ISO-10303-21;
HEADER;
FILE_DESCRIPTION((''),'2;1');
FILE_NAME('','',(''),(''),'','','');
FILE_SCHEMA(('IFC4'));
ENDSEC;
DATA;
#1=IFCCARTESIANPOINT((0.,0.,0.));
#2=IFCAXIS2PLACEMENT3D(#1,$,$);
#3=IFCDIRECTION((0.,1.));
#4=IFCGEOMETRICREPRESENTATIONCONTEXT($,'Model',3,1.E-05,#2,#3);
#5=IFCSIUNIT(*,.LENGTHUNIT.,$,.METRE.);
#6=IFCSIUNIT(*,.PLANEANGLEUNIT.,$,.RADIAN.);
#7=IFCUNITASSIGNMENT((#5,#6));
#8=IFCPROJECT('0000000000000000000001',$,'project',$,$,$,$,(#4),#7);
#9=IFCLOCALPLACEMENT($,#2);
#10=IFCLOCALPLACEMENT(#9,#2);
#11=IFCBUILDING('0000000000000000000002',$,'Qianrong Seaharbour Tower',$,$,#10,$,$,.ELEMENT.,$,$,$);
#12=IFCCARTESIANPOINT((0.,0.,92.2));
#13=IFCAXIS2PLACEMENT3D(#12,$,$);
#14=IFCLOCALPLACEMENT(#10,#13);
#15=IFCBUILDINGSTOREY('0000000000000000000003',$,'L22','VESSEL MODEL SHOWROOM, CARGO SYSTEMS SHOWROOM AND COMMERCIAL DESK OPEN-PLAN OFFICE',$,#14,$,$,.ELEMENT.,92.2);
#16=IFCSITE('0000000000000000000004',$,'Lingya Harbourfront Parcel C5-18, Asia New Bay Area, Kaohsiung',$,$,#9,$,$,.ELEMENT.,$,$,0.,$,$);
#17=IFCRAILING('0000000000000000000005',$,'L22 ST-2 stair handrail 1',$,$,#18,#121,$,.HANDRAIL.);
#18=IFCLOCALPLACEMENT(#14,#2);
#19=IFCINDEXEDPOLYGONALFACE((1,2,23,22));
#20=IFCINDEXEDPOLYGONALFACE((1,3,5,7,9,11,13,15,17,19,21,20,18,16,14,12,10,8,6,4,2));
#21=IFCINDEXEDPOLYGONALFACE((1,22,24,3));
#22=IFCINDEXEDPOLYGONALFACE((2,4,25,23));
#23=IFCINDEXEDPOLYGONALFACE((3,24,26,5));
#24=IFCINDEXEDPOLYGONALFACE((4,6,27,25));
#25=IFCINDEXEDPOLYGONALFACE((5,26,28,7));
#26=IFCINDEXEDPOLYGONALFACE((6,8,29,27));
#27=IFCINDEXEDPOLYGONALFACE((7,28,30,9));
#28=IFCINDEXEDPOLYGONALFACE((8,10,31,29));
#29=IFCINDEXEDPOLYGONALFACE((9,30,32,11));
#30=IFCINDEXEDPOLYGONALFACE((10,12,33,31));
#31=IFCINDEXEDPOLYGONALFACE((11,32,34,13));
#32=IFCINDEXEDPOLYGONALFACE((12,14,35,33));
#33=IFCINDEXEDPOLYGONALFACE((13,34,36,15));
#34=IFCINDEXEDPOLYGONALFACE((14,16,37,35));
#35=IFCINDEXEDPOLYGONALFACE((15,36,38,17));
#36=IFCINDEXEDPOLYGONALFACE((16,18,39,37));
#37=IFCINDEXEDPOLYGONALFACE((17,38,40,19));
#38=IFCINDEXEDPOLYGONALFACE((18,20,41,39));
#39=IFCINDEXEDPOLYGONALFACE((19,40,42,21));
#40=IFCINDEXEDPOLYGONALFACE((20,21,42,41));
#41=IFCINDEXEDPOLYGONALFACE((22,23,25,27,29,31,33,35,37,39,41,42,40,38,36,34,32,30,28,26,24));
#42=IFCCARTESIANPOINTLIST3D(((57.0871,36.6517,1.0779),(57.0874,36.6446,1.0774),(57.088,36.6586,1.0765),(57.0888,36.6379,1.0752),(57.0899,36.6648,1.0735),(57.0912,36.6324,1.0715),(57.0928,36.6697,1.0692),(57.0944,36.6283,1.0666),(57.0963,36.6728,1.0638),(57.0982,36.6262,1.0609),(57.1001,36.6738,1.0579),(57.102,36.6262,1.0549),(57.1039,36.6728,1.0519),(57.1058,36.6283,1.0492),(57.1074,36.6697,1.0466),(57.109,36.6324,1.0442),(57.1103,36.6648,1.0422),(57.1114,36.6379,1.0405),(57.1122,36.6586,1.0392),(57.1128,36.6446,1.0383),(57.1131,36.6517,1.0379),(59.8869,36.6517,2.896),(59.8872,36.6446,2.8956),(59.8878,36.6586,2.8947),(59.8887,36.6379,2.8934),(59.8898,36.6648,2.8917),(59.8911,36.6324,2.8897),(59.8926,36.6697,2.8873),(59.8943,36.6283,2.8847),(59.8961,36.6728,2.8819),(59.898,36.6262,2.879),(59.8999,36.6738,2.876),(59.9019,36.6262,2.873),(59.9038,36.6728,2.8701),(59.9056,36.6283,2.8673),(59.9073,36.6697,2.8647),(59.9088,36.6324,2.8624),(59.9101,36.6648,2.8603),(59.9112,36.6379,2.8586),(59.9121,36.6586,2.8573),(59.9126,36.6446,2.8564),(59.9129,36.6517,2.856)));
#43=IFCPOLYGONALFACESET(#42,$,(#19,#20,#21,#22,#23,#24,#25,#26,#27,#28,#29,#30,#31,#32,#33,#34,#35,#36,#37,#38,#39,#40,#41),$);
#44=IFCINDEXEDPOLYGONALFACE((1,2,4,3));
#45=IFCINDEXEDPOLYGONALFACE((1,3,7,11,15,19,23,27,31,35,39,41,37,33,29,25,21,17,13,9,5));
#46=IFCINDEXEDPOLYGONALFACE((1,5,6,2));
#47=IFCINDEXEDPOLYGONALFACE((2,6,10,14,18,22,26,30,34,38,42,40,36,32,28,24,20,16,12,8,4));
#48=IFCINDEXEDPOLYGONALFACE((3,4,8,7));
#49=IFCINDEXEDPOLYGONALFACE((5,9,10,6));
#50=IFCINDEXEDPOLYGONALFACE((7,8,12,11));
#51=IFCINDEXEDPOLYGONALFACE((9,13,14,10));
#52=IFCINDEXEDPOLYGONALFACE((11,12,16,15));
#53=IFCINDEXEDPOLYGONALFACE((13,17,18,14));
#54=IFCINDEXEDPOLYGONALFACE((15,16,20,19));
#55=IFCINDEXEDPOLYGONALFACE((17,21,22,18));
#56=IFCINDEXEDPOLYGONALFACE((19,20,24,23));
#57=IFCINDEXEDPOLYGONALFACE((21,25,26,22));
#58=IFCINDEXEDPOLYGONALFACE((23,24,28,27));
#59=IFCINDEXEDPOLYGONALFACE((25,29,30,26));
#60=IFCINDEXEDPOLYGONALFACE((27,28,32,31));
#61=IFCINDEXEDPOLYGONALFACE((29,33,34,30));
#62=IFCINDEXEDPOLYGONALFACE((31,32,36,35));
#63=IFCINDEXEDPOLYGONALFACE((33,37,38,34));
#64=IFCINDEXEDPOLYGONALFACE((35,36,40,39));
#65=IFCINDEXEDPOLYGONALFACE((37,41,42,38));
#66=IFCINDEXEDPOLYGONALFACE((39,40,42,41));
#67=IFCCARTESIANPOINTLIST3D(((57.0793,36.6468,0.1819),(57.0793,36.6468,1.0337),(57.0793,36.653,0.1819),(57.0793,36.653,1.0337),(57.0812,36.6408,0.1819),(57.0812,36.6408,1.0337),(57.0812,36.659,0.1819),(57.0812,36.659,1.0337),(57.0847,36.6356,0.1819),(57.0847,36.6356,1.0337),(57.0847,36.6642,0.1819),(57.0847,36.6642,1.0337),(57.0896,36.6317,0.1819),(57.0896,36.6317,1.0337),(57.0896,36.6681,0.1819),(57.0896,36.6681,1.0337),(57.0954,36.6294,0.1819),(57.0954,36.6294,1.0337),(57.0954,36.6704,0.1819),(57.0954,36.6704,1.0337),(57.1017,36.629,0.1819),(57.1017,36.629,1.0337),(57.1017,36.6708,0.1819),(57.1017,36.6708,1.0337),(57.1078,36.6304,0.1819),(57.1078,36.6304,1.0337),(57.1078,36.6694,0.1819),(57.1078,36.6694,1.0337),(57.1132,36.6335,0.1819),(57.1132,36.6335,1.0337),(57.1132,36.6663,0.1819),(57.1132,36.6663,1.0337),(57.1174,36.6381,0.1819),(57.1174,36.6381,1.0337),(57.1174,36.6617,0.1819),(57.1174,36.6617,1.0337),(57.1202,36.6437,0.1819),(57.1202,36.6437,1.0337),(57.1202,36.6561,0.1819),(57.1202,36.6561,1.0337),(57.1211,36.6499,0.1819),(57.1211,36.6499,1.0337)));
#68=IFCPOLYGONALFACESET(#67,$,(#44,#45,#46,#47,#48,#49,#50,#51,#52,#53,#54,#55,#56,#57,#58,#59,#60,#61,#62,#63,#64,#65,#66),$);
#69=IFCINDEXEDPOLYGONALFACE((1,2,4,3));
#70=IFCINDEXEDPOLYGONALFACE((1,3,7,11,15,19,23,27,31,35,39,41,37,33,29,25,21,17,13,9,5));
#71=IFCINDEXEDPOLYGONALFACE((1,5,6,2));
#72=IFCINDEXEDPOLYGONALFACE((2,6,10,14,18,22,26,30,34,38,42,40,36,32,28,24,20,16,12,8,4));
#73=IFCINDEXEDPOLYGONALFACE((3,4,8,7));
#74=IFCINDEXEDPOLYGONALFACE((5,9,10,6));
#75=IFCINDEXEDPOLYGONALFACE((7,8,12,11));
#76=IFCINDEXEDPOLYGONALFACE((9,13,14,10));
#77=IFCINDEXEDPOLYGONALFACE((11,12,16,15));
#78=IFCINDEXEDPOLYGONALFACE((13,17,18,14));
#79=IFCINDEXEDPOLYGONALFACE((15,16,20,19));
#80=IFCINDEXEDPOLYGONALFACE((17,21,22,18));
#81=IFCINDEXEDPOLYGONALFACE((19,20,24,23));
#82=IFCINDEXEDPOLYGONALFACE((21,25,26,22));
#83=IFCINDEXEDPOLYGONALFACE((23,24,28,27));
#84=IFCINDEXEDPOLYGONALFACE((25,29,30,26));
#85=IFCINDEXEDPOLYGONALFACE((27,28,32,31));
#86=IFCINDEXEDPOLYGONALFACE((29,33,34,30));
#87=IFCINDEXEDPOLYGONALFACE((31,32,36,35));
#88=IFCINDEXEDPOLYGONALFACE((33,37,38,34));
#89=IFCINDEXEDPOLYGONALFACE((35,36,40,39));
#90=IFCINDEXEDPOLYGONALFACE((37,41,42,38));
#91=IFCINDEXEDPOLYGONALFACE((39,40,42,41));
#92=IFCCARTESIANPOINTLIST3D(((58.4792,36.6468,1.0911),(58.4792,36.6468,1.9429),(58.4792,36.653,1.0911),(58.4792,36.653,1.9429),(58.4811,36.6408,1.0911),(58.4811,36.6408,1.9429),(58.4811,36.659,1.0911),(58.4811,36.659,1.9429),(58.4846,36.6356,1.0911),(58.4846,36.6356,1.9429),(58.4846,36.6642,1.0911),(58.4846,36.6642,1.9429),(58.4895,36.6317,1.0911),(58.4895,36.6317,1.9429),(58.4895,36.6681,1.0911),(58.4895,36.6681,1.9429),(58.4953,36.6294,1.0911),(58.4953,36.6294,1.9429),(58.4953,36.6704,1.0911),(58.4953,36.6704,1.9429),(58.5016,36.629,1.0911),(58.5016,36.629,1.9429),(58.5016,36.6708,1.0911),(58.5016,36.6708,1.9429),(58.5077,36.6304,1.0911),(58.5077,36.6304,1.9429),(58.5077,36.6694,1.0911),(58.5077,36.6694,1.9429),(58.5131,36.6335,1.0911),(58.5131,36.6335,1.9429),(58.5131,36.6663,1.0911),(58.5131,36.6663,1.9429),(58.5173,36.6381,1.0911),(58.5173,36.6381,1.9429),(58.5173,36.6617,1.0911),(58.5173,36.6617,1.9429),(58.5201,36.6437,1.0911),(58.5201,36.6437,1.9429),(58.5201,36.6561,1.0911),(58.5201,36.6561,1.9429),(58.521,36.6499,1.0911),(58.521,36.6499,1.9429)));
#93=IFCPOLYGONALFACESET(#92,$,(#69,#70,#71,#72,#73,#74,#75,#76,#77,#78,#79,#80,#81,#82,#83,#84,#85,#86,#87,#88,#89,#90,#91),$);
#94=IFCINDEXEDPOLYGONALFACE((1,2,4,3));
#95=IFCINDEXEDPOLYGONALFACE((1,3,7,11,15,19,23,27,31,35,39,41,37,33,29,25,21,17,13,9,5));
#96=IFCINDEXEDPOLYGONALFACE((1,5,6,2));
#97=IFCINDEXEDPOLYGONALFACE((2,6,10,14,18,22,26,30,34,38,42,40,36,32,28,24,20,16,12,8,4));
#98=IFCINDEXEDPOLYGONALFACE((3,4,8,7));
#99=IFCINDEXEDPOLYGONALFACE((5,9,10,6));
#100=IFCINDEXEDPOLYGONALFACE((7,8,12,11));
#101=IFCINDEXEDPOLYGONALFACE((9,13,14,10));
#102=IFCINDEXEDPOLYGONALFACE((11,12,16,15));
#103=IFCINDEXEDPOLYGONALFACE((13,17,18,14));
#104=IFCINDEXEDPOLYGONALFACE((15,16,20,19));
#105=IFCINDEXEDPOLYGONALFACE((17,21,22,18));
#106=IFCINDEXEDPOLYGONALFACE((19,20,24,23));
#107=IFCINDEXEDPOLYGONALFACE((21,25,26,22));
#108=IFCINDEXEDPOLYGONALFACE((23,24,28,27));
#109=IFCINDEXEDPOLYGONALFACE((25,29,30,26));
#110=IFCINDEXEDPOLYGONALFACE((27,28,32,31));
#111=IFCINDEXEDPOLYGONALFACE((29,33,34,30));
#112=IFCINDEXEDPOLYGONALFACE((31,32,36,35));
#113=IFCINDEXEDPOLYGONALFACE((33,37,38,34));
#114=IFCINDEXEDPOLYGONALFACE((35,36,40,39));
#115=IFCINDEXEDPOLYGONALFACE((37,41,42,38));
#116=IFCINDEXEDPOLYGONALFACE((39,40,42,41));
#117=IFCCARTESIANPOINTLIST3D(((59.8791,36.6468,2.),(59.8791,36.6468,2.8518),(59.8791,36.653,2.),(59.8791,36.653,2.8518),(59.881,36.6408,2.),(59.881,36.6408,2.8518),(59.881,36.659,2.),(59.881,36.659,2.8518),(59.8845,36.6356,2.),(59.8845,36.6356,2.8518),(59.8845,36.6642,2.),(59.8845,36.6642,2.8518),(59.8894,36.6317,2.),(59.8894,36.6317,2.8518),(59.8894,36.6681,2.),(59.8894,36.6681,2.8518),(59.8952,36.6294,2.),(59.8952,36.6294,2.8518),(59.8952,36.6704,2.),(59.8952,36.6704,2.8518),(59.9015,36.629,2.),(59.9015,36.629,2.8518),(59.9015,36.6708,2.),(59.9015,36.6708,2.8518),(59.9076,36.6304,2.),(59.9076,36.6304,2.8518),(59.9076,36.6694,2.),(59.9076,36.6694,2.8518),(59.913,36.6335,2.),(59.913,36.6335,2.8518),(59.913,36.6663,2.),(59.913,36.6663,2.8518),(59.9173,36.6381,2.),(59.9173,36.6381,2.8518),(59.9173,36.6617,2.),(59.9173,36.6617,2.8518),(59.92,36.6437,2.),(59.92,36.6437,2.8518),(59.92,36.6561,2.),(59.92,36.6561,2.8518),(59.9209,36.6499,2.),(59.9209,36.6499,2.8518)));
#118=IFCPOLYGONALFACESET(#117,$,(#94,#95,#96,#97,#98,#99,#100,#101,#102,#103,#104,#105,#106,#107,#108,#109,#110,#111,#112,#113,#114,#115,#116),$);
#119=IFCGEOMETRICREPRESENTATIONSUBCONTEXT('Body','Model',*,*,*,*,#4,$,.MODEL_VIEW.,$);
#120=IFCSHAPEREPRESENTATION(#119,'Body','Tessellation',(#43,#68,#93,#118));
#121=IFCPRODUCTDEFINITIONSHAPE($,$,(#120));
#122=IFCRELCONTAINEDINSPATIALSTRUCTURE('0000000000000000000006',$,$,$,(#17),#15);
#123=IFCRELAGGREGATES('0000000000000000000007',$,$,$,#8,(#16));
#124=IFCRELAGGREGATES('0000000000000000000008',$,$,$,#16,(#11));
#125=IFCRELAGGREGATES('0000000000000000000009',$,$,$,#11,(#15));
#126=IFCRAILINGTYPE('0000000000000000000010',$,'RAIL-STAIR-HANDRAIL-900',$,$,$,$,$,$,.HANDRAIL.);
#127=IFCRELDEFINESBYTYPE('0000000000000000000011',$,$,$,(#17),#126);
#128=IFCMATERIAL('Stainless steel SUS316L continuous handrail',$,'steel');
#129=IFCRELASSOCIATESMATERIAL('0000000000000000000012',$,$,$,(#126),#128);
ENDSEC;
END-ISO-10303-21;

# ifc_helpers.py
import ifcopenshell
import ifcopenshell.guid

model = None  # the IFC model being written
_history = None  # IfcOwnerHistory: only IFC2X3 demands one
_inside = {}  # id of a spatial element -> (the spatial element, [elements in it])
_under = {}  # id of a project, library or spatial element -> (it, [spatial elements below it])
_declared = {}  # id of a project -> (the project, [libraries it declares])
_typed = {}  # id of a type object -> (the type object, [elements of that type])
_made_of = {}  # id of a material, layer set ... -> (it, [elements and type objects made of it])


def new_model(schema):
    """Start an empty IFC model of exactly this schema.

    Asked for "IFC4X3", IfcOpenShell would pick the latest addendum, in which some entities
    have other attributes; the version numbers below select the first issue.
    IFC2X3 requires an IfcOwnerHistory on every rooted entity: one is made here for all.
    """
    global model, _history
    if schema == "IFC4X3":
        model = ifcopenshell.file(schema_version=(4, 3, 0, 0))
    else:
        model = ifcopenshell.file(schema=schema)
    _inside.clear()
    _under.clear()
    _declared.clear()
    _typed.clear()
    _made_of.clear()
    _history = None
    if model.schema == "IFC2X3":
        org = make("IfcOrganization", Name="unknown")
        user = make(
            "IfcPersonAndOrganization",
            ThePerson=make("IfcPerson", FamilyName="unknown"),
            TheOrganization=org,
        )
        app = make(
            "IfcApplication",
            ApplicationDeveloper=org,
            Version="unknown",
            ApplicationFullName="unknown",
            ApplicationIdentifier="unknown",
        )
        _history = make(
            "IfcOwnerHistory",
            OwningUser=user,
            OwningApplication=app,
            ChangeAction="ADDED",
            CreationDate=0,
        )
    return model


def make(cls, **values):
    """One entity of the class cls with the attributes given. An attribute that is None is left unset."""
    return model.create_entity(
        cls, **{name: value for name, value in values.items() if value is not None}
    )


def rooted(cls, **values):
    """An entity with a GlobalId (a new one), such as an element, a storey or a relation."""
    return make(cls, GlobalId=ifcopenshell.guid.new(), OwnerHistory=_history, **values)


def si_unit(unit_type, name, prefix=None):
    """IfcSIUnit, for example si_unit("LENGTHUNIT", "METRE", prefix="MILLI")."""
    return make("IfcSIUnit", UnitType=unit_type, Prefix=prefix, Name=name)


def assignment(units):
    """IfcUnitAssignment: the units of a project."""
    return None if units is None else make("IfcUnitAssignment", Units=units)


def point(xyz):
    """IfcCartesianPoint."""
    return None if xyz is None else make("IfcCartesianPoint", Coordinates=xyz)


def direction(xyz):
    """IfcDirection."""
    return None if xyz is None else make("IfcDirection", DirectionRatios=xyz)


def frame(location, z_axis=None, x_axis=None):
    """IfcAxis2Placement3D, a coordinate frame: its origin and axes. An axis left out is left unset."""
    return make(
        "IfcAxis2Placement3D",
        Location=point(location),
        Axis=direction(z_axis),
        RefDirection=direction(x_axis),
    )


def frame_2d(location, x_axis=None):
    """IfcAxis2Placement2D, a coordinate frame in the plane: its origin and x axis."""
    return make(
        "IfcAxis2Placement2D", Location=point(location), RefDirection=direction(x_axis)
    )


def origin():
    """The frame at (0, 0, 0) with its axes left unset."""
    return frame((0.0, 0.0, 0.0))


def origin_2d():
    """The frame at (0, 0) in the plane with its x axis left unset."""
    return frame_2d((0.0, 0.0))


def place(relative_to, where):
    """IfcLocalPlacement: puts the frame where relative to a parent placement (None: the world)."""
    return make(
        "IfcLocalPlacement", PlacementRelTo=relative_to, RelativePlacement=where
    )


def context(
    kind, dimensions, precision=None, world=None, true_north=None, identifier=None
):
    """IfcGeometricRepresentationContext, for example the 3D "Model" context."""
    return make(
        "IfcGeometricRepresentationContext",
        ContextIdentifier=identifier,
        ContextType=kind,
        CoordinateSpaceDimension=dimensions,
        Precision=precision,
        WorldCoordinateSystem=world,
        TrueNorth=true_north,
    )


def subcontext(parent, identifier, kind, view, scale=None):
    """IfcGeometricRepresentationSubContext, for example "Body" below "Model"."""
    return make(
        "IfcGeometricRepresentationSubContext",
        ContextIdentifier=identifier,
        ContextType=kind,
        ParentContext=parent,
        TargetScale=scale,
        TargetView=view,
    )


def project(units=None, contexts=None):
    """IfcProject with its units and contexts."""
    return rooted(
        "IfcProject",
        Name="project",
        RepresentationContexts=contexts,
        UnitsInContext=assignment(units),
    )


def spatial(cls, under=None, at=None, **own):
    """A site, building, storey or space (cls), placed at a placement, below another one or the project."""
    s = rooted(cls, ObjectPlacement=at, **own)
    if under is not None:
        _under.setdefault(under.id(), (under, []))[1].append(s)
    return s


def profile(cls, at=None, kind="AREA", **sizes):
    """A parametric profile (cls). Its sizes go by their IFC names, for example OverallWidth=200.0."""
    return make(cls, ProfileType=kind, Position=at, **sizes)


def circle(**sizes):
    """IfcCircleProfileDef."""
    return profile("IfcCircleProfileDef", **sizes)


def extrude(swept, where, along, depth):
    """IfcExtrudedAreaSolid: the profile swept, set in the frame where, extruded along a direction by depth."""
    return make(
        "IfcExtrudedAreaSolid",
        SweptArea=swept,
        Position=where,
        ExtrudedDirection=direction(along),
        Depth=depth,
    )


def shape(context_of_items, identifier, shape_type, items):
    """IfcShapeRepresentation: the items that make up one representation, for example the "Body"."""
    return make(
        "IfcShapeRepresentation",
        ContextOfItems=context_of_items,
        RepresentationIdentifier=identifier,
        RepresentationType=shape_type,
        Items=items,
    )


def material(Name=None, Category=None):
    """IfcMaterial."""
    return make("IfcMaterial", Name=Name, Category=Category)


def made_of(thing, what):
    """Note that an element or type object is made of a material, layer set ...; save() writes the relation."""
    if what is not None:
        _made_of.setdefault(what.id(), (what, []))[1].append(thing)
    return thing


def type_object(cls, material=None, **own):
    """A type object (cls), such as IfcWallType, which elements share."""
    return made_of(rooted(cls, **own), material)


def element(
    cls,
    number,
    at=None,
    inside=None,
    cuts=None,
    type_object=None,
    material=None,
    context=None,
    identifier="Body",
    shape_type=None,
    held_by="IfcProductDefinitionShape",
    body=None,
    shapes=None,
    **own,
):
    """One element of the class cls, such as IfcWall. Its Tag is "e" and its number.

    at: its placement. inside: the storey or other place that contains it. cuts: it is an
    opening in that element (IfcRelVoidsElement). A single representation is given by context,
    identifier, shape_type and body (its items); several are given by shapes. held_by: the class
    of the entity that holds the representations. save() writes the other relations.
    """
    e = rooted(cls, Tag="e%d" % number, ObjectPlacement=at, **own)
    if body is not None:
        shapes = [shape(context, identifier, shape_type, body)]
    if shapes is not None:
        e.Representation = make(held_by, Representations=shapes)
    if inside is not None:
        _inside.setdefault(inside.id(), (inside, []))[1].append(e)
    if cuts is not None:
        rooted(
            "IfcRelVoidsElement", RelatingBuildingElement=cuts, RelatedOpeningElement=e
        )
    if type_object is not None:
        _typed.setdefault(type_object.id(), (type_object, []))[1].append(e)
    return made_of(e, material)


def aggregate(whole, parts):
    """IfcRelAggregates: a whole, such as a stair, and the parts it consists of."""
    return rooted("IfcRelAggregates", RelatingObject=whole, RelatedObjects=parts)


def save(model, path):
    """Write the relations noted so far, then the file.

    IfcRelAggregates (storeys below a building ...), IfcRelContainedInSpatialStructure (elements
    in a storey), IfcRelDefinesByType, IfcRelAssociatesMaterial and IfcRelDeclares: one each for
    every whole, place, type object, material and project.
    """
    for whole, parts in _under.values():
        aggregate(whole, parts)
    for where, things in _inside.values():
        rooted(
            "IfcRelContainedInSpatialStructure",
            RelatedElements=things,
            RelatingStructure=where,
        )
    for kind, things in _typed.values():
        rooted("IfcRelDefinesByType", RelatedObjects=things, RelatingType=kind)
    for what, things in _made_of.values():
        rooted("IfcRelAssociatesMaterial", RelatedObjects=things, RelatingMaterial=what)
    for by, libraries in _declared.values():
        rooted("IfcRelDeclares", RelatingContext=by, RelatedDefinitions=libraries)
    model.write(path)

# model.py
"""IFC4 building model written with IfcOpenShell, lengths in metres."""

from ifc_helpers import new_model, si_unit, direction, frame, origin, origin_2d, place, context, subcontext, project, spatial, circle, extrude, material, type_object, element, save


model = new_model("IFC4")

# Units and contexts
model_context = context("Model", 3, precision=1e-05, world=origin(), true_north=direction((0.0, 1.0)))
body_context = subcontext(model_context, "Body", "Model", "MODEL_VIEW")
ifc_project = project(units=[si_unit("LENGTHUNIT", "METRE"), si_unit("PLANEANGLEUNIT", "RADIAN")], contexts=[model_context])

# Site, building, storey
site_placement = place(None, origin())
site = spatial("IfcSite", under=ifc_project, at=site_placement, Name="Lingya Harbourfront Parcel C5-18, Asia New Bay Area, Kaohsiung", CompositionType="ELEMENT", RefElevation=0.0)
building_placement = place(site_placement, origin())
building = spatial("IfcBuilding", under=site, at=building_placement, Name="Qianrong Seaharbour Tower", CompositionType="ELEMENT")
storey_placement = place(building_placement, frame((0.0, 0.0, 92.2)))
storey = spatial("IfcBuildingStorey", under=building, at=storey_placement, Name="L22", Description="VESSEL MODEL SHOWROOM, CARGO SYSTEMS SHOWROOM AND COMMERCIAL DESK OPEN-PLAN OFFICE", CompositionType="ELEMENT", Elevation=92.2)

# Railing
ifc_material_1 = material(Name="Stainless steel SUS316L continuous handrail", Category="steel")
railing_type_1 = type_object("IfcRailingType", Name="RAIL-STAIR-HANDRAIL-900", PredefinedType="HANDRAIL", material=ifc_material_1)
railing_1_placement = place(storey_placement, frame((57.1001, 36.6499, 0.1819)))
element("IfcRailing", 1, at=railing_1_placement, inside=storey, type_object=railing_type_1, Name="L22 ST-2 stair handrail 1", PredefinedType="HANDRAIL", context=body_context, shape_type="SweptSolid", body=[
    extrude(circle(Radius=0.0239, at=origin_2d()), frame((0.0, 0.0, 0.876), z_axis=(0.838684, 0.0, 0.544618), x_axis=(0.0, 1.0, 0.0)), (0.0, 0.0, 1.0), 3.3384),
    extrude(circle(Radius=0.021, at=origin_2d()), origin(), (0.0, 0.0, 1.0), 0.8518),
    extrude(circle(Radius=0.021, at=origin_2d()), frame((1.3999, 0.0, 0.9092)), (0.0, 0.0, 1.0), 0.8518),
    extrude(circle(Radius=0.021, at=origin_2d()), frame((2.7998, 0.0, 1.8181)), (0.0, 0.0, 1.0), 0.8518),
])

save(model, "model.ifc")
